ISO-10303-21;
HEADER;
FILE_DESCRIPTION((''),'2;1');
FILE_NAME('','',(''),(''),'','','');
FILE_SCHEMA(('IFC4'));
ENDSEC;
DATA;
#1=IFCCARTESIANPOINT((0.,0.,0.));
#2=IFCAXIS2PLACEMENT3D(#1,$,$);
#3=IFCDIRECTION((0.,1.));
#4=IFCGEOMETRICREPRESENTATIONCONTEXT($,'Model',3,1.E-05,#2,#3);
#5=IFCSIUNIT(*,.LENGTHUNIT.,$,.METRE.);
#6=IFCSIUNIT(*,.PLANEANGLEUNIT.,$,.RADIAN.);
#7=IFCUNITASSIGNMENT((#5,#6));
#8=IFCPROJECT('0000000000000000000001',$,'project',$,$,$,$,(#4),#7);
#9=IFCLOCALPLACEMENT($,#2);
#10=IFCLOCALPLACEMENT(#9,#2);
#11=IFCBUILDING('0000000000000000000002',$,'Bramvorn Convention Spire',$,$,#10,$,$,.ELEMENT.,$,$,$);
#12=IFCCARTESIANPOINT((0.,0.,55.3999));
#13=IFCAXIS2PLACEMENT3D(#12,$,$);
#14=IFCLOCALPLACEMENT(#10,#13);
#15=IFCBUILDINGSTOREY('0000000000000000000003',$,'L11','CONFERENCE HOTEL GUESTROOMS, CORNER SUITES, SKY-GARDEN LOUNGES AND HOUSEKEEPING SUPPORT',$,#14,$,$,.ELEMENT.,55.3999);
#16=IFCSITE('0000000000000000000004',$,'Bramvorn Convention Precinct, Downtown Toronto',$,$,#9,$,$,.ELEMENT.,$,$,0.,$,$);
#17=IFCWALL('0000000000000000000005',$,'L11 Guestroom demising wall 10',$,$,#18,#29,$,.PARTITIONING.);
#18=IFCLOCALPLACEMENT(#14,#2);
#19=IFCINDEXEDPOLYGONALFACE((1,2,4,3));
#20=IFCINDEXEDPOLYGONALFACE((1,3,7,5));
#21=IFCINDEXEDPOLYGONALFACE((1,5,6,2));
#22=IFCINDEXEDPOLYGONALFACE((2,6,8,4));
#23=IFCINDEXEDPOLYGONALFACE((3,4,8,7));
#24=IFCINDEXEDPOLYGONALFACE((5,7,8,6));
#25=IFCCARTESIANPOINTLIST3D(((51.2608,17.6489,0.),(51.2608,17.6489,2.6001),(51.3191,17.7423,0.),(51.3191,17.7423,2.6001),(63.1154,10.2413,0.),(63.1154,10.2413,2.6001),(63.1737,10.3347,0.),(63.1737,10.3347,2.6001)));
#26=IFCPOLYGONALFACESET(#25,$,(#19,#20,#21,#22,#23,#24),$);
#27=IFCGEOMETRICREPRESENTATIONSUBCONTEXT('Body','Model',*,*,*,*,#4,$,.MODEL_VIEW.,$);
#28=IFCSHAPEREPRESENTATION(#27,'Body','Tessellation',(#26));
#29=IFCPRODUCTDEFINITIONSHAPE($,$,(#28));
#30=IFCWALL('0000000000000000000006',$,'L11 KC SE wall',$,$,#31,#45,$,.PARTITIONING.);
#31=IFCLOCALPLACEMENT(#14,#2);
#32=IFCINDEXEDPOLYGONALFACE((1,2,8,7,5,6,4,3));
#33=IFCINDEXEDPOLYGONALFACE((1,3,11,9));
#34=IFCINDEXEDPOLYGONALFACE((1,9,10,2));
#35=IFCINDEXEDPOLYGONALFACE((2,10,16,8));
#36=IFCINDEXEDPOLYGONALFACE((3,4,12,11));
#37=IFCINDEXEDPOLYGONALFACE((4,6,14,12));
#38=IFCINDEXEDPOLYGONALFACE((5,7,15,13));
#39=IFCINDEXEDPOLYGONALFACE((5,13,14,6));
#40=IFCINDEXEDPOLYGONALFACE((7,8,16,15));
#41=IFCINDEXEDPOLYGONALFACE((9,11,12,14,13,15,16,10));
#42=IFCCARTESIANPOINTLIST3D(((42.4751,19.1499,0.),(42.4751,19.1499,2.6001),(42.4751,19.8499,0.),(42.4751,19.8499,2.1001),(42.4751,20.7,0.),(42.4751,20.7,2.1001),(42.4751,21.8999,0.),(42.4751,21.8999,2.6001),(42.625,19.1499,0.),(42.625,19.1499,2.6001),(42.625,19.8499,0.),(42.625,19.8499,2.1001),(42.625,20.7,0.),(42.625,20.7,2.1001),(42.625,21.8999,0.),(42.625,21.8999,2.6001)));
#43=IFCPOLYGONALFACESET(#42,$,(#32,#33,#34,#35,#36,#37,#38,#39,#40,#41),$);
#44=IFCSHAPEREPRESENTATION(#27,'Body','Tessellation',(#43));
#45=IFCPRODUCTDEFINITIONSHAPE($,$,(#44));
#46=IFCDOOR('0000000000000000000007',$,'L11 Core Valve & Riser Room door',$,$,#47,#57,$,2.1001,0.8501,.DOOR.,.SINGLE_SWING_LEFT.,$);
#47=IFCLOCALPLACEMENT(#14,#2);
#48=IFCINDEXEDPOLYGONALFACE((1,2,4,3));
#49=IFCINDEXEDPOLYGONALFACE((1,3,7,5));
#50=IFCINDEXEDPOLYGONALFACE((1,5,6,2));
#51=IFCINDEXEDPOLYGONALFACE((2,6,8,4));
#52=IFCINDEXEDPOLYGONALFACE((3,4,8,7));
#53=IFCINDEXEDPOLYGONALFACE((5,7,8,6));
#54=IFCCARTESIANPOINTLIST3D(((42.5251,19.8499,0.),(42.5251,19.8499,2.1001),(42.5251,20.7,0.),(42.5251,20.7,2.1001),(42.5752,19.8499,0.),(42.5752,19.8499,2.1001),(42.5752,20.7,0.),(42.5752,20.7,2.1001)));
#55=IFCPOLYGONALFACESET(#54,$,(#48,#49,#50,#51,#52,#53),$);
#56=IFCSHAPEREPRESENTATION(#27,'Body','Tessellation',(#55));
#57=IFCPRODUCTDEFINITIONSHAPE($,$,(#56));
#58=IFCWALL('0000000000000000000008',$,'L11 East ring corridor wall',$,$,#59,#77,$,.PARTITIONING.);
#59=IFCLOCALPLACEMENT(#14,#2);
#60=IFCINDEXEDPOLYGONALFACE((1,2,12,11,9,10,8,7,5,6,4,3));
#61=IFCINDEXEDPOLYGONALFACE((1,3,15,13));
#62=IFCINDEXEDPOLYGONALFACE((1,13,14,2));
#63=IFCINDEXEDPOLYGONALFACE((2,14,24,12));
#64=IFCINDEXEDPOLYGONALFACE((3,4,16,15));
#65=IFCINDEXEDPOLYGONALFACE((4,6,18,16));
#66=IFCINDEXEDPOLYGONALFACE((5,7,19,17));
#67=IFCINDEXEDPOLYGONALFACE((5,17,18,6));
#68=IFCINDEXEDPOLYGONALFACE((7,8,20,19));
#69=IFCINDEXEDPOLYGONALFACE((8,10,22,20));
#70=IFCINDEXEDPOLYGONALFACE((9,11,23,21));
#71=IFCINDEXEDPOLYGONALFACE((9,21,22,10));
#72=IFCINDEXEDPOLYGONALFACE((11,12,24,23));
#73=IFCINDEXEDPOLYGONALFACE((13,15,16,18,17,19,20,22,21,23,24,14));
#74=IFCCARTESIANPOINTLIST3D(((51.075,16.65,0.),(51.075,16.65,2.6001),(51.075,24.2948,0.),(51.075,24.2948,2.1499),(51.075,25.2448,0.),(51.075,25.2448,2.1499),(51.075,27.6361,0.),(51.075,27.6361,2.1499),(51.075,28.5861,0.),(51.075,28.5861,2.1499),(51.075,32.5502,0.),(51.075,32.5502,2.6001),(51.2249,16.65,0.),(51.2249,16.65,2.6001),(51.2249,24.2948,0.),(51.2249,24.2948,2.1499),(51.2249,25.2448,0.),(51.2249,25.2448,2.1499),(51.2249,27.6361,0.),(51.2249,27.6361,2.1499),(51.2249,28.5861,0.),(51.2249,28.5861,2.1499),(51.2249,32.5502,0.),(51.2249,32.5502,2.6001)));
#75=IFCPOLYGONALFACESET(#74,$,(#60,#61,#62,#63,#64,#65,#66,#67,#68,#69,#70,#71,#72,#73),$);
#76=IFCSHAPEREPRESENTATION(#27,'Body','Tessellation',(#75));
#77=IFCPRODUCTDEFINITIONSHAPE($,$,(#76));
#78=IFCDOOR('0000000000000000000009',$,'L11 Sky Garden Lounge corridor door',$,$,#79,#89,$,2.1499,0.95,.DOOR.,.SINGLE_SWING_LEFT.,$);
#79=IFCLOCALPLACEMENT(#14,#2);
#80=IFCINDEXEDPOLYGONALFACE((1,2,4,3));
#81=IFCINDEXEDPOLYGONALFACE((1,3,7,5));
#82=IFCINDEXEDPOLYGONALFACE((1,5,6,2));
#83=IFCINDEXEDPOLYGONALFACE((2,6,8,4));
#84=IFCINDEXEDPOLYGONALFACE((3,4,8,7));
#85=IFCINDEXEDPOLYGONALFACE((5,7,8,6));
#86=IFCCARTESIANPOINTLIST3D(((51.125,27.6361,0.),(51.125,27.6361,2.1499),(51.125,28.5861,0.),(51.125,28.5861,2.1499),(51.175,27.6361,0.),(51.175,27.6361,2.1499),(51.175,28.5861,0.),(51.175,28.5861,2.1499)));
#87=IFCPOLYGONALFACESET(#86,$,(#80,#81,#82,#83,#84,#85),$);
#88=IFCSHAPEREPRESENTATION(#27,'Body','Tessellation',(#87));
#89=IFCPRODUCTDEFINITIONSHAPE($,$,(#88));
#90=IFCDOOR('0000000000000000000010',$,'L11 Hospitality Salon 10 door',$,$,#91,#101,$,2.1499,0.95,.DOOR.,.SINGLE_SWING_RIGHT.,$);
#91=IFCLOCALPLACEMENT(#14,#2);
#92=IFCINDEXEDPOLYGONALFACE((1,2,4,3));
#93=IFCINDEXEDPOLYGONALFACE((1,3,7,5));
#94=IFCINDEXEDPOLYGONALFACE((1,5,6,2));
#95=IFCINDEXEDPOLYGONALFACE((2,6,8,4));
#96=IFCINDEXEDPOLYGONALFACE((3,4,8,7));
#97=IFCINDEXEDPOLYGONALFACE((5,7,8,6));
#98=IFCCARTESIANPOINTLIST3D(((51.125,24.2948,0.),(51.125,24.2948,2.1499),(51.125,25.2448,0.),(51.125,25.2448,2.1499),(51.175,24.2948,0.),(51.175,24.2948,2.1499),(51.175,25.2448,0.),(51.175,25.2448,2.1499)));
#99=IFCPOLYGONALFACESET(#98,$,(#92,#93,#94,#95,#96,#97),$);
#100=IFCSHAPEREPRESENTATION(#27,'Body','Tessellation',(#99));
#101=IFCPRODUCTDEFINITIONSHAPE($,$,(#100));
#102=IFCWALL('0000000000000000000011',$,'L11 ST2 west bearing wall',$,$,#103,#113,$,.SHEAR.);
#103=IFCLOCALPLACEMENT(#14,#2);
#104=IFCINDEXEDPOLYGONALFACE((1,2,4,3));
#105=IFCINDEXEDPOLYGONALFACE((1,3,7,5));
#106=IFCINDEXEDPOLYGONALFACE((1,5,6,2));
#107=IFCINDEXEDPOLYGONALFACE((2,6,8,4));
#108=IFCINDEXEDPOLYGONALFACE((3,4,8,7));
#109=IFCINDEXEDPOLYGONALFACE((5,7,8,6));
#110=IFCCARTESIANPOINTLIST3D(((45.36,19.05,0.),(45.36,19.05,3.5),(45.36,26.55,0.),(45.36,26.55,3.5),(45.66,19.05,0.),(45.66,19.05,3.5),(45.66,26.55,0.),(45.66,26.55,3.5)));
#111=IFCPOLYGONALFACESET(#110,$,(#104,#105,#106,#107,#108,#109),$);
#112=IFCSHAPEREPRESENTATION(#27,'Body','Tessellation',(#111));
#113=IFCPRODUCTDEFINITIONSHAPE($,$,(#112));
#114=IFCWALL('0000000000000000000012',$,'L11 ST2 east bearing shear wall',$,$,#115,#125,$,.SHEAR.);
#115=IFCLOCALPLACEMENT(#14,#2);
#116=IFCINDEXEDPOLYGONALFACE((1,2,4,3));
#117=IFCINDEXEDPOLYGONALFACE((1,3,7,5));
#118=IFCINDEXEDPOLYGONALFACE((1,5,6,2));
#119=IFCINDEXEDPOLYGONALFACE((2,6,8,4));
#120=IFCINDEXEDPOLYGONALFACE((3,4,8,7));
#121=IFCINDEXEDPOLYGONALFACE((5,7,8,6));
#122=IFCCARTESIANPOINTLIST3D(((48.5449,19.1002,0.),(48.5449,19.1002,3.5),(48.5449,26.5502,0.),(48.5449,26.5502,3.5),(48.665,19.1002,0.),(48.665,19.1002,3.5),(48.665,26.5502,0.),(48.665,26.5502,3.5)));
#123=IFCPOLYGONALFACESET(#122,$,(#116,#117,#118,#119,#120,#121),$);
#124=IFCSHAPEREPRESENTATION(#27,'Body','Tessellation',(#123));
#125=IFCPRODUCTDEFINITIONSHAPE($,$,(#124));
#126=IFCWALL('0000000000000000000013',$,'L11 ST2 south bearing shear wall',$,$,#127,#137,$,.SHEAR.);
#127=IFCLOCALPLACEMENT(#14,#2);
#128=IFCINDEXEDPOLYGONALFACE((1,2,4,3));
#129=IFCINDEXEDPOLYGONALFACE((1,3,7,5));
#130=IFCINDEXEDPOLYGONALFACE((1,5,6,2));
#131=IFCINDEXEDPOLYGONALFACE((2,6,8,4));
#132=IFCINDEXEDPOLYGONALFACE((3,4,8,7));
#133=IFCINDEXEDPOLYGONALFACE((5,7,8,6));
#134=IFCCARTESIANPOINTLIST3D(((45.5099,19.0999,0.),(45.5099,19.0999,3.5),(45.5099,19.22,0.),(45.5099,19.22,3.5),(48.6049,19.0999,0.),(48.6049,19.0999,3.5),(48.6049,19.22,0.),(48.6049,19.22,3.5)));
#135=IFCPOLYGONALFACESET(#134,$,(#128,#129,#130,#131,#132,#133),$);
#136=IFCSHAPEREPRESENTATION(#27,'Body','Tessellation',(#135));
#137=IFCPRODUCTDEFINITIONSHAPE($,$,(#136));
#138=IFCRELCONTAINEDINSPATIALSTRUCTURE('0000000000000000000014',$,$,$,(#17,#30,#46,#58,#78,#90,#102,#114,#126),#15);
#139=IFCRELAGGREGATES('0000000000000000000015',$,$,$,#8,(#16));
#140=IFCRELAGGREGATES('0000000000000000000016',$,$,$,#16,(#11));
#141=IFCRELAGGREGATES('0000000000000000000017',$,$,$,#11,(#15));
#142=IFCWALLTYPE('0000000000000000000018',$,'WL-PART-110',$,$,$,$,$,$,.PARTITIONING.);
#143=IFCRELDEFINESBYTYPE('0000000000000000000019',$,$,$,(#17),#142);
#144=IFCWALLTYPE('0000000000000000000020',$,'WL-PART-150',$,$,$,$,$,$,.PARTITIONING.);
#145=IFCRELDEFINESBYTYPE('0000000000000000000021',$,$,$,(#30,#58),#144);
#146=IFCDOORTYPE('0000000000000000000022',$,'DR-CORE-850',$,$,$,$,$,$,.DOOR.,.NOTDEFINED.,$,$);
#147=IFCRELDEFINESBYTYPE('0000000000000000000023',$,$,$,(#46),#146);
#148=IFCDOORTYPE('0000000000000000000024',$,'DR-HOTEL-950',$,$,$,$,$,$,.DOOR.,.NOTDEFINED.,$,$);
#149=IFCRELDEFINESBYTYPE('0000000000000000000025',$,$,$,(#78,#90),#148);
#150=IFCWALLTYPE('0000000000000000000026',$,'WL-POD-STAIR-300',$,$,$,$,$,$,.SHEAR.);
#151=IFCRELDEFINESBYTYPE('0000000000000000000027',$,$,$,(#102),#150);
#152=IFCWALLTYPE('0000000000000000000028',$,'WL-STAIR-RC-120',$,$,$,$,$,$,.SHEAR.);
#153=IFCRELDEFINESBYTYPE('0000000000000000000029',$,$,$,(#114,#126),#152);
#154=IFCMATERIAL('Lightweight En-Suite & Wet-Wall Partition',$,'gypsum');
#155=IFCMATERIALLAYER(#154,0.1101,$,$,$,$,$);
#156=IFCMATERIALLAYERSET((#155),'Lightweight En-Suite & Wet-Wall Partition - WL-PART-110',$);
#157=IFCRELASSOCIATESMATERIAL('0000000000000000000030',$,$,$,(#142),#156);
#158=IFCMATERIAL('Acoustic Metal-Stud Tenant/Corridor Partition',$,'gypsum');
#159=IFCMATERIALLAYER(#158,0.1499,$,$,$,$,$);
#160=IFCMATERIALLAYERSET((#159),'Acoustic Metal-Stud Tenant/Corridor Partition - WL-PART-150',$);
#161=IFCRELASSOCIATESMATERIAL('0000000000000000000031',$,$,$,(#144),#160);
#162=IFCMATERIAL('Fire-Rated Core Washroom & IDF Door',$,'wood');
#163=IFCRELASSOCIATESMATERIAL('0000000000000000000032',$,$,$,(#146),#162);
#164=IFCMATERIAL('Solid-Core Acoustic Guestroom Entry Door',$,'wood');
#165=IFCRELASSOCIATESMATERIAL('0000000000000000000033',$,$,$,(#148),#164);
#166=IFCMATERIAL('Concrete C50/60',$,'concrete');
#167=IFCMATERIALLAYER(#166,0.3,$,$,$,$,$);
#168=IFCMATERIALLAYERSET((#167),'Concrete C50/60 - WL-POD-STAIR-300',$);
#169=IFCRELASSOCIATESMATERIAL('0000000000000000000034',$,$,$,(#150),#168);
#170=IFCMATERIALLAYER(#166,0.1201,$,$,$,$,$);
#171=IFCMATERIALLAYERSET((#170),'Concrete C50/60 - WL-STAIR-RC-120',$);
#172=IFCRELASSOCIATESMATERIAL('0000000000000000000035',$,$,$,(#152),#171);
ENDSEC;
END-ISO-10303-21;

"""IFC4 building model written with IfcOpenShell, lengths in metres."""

from ifc_helpers import new_model, si_unit, direction, frame, frame_2d, origin, place, context, subcontext, project, spatial, rectangle, extrude, material, layer, layer_set, type_object, element, fill, save


model = new_model("IFC4")

# Units and contexts
model_context = context("Model", 3, precision=1e-05, world=origin(), true_north=direction((0.0, 1.0)))
body_context = subcontext(model_context, "Body", "Model", "MODEL_VIEW")
ifc_project = project(units=[si_unit("LENGTHUNIT", "METRE"), si_unit("PLANEANGLEUNIT", "RADIAN")], contexts=[model_context])

# Site, building, storey
site_placement = place(None, origin())
site = spatial("IfcSite", under=ifc_project, at=site_placement, Name="Bramvorn Convention Precinct, Downtown Toronto", CompositionType="ELEMENT", RefElevation=0.0)
building_placement = place(site_placement, origin())
building = spatial("IfcBuilding", under=site, at=building_placement, Name="Bramvorn Convention Spire", CompositionType="ELEMENT")
storey_placement = place(building_placement, frame((0.0, 0.0, 55.3999)))
storey = spatial("IfcBuildingStorey", under=building, at=storey_placement, Name="L11", Description="CONFERENCE HOTEL GUESTROOMS, CORNER SUITES, SKY-GARDEN LOUNGES AND HOUSEKEEPING SUPPORT", CompositionType="ELEMENT", Elevation=55.3999)

# Wall
ifc_material_1 = material(Name="Concrete C50/60", Category="concrete")
ifc_material_2 = material(Name="Lightweight En-Suite & Wet-Wall Partition", Category="gypsum")
ifc_layer_1 = layer(ifc_material_2, 0.1101)
ifc_layer_set_1 = layer_set([ifc_layer_1], Name="Lightweight En-Suite & Wet-Wall Partition - WL-PART-110")
wall_type_1 = type_object("IfcWallType", Name="WL-PART-110", PredefinedType="PARTITIONING", material=ifc_layer_set_1)
wall_1_placement = place(storey_placement, frame((51.29, 17.6956, 0.0), z_axis=(0.0, 0.0, 1.0), x_axis=(0.848046, -0.529922, 0.0)))
element("IfcWall", 1, at=wall_1_placement, inside=storey, type_object=wall_type_1, Name="L11 Guestroom demising wall 10", PredefinedType="PARTITIONING", context=body_context, shape_type="SweptSolid", body=[
    extrude(rectangle(XDim=13.9788, YDim=0.1101, at=frame_2d((6.9893, 0.0))), origin(), (0.0, 0.0, 1.0), 2.6001),
])

# Wall, opening, door
ifc_material_3 = material(Name="Acoustic Metal-Stud Tenant/Corridor Partition", Category="gypsum")
ifc_layer_2 = layer(ifc_material_3, 0.1499)
ifc_layer_set_2 = layer_set([ifc_layer_2], Name="Acoustic Metal-Stud Tenant/Corridor Partition - WL-PART-150")
wall_type_2 = type_object("IfcWallType", Name="WL-PART-150", PredefinedType="PARTITIONING", material=ifc_layer_set_2)
wall_2_placement = place(storey_placement, frame((42.55, 19.1499, 0.0), z_axis=(0.0, 0.0, 1.0), x_axis=(0.0, 1.0, 0.0)))
wall_2 = element("IfcWall", 2, at=wall_2_placement, inside=storey, type_object=wall_type_2, Name="L11 KC SE wall", PredefinedType="PARTITIONING", context=body_context, shape_type="SweptSolid", body=[
    extrude(rectangle(XDim=2.75, YDim=0.1499, at=frame_2d((1.375, 0.0))), origin(), (0.0, 0.0, 1.0), 2.6001),
])
opening_1_placement = place(wall_2_placement, frame((0.7, 0.0, 0.0)))
opening_1 = element("IfcOpeningElement", 3, at=opening_1_placement, cuts=wall_2, PredefinedType="OPENING", context=body_context, shape_type="SweptSolid", body=[
    extrude(rectangle(XDim=0.8501, YDim=2.1001, at=frame_2d((0.425, 1.05))), frame((0.0, 0.085, 0.0), z_axis=(0.0, -1.0, 0.0), x_axis=(1.0, 0.0, 0.0)), (0.0, 0.0, 1.0), 0.1699),
])
ifc_material_4 = material(Name="Fire-Rated Core Washroom & IDF Door", Category="wood")
door_type_1 = type_object("IfcDoorType", Name="DR-CORE-850", OperationType="NOTDEFINED", PredefinedType="DOOR", material=ifc_material_4)
door_1_placement = place(opening_1_placement, origin())
door_1 = element("IfcDoor", 4, at=door_1_placement, inside=storey, type_object=door_type_1, Name="L11 Core Valve & Riser Room door", OperationType="SINGLE_SWING_LEFT", OverallHeight=2.1001, OverallWidth=0.8501, PredefinedType="DOOR", context=body_context, shape_type="SweptSolid", body=[
    extrude(rectangle(XDim=0.8501, YDim=2.1001, at=frame_2d((0.425, 1.05))), frame((0.0, 0.0249, 0.0), z_axis=(0.0, -1.0, 0.0), x_axis=(1.0, 0.0, 0.0)), (0.0, 0.0, 1.0), 0.05),
])
fill(opening_1, door_1)

# Wall, openings, doors
wall_3_placement = place(storey_placement, frame((51.1499, 16.6499, 0.0), z_axis=(0.0, 0.0, 1.0), x_axis=(0.0, 1.0, 0.0)))
wall_3 = element("IfcWall", 5, at=wall_3_placement, inside=storey, type_object=wall_type_2, Name="L11 East ring corridor wall", PredefinedType="PARTITIONING", context=body_context, shape_type="SweptSolid", body=[
    extrude(rectangle(XDim=15.9001, YDim=0.1499, at=frame_2d((7.9502, 0.0))), origin(), (0.0, 0.0, 1.0), 2.6001),
])
opening_2_placement = place(wall_3_placement, frame((10.9861, 0.0, 0.0)))
opening_2 = element("IfcOpeningElement", 6, at=opening_2_placement, cuts=wall_3, PredefinedType="OPENING", context=body_context, shape_type="SweptSolid", body=[
    extrude(rectangle(XDim=0.95, YDim=2.1499, at=frame_2d((0.4751, 1.075))), frame((0.0, 0.085, 0.0), z_axis=(0.0, -1.0, 0.0), x_axis=(1.0, 0.0, 0.0)), (0.0, 0.0, 1.0), 0.1699),
])
opening_3_placement = place(wall_3_placement, frame((7.6448, 0.0, 0.0)))
opening_3 = element("IfcOpeningElement", 7, at=opening_3_placement, cuts=wall_3, PredefinedType="OPENING", context=body_context, shape_type="SweptSolid", body=[
    extrude(rectangle(XDim=0.95, YDim=2.1499, at=frame_2d((0.4751, 1.075))), frame((0.0, 0.085, 0.0), z_axis=(0.0, -1.0, 0.0), x_axis=(1.0, 0.0, 0.0)), (0.0, 0.0, 1.0), 0.1699),
])
ifc_material_5 = material(Name="Solid-Core Acoustic Guestroom Entry Door", Category="wood")
door_type_2 = type_object("IfcDoorType", Name="DR-HOTEL-950", OperationType="NOTDEFINED", PredefinedType="DOOR", material=ifc_material_5)
door_2_placement = place(opening_2_placement, origin())
door_2 = element("IfcDoor", 8, at=door_2_placement, inside=storey, type_object=door_type_2, Name="L11 Sky Garden Lounge corridor door", OperationType="SINGLE_SWING_LEFT", OverallHeight=2.1499, OverallWidth=0.95, PredefinedType="DOOR", context=body_context, shape_type="SweptSolid", body=[
    extrude(rectangle(XDim=0.95, YDim=2.1499, at=frame_2d((0.4751, 1.075))), frame((0.0, 0.0249, 0.0), z_axis=(0.0, -1.0, 0.0), x_axis=(1.0, 0.0, 0.0)), (0.0, 0.0, 1.0), 0.05),
])
fill(opening_2, door_2)
door_3_placement = place(opening_3_placement, origin())
door_3 = element("IfcDoor", 9, at=door_3_placement, inside=storey, type_object=door_type_2, Name="L11 Hospitality Salon 10 door", OperationType="SINGLE_SWING_RIGHT", OverallHeight=2.1499, OverallWidth=0.95, PredefinedType="DOOR", context=body_context, shape_type="SweptSolid", body=[
    extrude(rectangle(XDim=0.95, YDim=2.1499, at=frame_2d((0.4751, 1.075))), frame((0.0, 0.0249, 0.0), z_axis=(0.0, -1.0, 0.0), x_axis=(1.0, 0.0, 0.0)), (0.0, 0.0, 1.0), 0.05),
])
fill(opening_3, door_3)

# Walls
ifc_layer_3 = layer(ifc_material_1, 0.3)
ifc_layer_set_3 = layer_set([ifc_layer_3], Name="Concrete C50/60 - WL-POD-STAIR-300")
wall_type_3 = type_object("IfcWallType", Name="WL-POD-STAIR-300", PredefinedType="SHEAR", material=ifc_layer_set_3)
wall_4_placement = place(storey_placement, frame((45.51, 19.05, 0.0), z_axis=(0.0, 0.0, 1.0), x_axis=(0.0, 1.0, 0.0)))
element("IfcWall", 10, at=wall_4_placement, inside=storey, type_object=wall_type_3, Name="L11 ST2 west bearing wall", PredefinedType="SHEAR", context=body_context, shape_type="SweptSolid", body=[
    extrude(rectangle(XDim=7.5, YDim=0.3, at=frame_2d((3.75, 0.0))), origin(), (0.0, 0.0, 1.0), 3.5),
])
ifc_layer_4 = layer(ifc_material_1, 0.1201)
ifc_layer_set_4 = layer_set([ifc_layer_4], Name="Concrete C50/60 - WL-STAIR-RC-120")
wall_type_4 = type_object("IfcWallType", Name="WL-STAIR-RC-120", PredefinedType="SHEAR", material=ifc_layer_set_4)
wall_5_placement = place(storey_placement, frame((48.605, 19.1001, 0.0), z_axis=(0.0, 0.0, 1.0), x_axis=(0.0, 1.0, 0.0)))
element("IfcWall", 11, at=wall_5_placement, inside=storey, type_object=wall_type_4, Name="L11 ST2 east bearing shear wall", PredefinedType="SHEAR", context=body_context, shape_type="SweptSolid", body=[
    extrude(rectangle(XDim=7.45, YDim=0.1201, at=frame_2d((3.7251, 0.0))), origin(), (0.0, 0.0, 1.0), 3.5),
])
wall_6_placement = place(storey_placement, frame((45.51, 19.1599, 0.0), z_axis=(0.0, 0.0, 1.0), x_axis=(1.0, 0.0, 0.0)))
element("IfcWall", 12, at=wall_6_placement, inside=storey, type_object=wall_type_4, Name="L11 ST2 south bearing shear wall", PredefinedType="SHEAR", context=body_context, shape_type="SweptSolid", body=[
    extrude(rectangle(XDim=3.095, YDim=0.1201, at=frame_2d((1.5474, 0.0))), origin(), (0.0, 0.0, 1.0), 3.5),
])

save(model, "model.ifc")
